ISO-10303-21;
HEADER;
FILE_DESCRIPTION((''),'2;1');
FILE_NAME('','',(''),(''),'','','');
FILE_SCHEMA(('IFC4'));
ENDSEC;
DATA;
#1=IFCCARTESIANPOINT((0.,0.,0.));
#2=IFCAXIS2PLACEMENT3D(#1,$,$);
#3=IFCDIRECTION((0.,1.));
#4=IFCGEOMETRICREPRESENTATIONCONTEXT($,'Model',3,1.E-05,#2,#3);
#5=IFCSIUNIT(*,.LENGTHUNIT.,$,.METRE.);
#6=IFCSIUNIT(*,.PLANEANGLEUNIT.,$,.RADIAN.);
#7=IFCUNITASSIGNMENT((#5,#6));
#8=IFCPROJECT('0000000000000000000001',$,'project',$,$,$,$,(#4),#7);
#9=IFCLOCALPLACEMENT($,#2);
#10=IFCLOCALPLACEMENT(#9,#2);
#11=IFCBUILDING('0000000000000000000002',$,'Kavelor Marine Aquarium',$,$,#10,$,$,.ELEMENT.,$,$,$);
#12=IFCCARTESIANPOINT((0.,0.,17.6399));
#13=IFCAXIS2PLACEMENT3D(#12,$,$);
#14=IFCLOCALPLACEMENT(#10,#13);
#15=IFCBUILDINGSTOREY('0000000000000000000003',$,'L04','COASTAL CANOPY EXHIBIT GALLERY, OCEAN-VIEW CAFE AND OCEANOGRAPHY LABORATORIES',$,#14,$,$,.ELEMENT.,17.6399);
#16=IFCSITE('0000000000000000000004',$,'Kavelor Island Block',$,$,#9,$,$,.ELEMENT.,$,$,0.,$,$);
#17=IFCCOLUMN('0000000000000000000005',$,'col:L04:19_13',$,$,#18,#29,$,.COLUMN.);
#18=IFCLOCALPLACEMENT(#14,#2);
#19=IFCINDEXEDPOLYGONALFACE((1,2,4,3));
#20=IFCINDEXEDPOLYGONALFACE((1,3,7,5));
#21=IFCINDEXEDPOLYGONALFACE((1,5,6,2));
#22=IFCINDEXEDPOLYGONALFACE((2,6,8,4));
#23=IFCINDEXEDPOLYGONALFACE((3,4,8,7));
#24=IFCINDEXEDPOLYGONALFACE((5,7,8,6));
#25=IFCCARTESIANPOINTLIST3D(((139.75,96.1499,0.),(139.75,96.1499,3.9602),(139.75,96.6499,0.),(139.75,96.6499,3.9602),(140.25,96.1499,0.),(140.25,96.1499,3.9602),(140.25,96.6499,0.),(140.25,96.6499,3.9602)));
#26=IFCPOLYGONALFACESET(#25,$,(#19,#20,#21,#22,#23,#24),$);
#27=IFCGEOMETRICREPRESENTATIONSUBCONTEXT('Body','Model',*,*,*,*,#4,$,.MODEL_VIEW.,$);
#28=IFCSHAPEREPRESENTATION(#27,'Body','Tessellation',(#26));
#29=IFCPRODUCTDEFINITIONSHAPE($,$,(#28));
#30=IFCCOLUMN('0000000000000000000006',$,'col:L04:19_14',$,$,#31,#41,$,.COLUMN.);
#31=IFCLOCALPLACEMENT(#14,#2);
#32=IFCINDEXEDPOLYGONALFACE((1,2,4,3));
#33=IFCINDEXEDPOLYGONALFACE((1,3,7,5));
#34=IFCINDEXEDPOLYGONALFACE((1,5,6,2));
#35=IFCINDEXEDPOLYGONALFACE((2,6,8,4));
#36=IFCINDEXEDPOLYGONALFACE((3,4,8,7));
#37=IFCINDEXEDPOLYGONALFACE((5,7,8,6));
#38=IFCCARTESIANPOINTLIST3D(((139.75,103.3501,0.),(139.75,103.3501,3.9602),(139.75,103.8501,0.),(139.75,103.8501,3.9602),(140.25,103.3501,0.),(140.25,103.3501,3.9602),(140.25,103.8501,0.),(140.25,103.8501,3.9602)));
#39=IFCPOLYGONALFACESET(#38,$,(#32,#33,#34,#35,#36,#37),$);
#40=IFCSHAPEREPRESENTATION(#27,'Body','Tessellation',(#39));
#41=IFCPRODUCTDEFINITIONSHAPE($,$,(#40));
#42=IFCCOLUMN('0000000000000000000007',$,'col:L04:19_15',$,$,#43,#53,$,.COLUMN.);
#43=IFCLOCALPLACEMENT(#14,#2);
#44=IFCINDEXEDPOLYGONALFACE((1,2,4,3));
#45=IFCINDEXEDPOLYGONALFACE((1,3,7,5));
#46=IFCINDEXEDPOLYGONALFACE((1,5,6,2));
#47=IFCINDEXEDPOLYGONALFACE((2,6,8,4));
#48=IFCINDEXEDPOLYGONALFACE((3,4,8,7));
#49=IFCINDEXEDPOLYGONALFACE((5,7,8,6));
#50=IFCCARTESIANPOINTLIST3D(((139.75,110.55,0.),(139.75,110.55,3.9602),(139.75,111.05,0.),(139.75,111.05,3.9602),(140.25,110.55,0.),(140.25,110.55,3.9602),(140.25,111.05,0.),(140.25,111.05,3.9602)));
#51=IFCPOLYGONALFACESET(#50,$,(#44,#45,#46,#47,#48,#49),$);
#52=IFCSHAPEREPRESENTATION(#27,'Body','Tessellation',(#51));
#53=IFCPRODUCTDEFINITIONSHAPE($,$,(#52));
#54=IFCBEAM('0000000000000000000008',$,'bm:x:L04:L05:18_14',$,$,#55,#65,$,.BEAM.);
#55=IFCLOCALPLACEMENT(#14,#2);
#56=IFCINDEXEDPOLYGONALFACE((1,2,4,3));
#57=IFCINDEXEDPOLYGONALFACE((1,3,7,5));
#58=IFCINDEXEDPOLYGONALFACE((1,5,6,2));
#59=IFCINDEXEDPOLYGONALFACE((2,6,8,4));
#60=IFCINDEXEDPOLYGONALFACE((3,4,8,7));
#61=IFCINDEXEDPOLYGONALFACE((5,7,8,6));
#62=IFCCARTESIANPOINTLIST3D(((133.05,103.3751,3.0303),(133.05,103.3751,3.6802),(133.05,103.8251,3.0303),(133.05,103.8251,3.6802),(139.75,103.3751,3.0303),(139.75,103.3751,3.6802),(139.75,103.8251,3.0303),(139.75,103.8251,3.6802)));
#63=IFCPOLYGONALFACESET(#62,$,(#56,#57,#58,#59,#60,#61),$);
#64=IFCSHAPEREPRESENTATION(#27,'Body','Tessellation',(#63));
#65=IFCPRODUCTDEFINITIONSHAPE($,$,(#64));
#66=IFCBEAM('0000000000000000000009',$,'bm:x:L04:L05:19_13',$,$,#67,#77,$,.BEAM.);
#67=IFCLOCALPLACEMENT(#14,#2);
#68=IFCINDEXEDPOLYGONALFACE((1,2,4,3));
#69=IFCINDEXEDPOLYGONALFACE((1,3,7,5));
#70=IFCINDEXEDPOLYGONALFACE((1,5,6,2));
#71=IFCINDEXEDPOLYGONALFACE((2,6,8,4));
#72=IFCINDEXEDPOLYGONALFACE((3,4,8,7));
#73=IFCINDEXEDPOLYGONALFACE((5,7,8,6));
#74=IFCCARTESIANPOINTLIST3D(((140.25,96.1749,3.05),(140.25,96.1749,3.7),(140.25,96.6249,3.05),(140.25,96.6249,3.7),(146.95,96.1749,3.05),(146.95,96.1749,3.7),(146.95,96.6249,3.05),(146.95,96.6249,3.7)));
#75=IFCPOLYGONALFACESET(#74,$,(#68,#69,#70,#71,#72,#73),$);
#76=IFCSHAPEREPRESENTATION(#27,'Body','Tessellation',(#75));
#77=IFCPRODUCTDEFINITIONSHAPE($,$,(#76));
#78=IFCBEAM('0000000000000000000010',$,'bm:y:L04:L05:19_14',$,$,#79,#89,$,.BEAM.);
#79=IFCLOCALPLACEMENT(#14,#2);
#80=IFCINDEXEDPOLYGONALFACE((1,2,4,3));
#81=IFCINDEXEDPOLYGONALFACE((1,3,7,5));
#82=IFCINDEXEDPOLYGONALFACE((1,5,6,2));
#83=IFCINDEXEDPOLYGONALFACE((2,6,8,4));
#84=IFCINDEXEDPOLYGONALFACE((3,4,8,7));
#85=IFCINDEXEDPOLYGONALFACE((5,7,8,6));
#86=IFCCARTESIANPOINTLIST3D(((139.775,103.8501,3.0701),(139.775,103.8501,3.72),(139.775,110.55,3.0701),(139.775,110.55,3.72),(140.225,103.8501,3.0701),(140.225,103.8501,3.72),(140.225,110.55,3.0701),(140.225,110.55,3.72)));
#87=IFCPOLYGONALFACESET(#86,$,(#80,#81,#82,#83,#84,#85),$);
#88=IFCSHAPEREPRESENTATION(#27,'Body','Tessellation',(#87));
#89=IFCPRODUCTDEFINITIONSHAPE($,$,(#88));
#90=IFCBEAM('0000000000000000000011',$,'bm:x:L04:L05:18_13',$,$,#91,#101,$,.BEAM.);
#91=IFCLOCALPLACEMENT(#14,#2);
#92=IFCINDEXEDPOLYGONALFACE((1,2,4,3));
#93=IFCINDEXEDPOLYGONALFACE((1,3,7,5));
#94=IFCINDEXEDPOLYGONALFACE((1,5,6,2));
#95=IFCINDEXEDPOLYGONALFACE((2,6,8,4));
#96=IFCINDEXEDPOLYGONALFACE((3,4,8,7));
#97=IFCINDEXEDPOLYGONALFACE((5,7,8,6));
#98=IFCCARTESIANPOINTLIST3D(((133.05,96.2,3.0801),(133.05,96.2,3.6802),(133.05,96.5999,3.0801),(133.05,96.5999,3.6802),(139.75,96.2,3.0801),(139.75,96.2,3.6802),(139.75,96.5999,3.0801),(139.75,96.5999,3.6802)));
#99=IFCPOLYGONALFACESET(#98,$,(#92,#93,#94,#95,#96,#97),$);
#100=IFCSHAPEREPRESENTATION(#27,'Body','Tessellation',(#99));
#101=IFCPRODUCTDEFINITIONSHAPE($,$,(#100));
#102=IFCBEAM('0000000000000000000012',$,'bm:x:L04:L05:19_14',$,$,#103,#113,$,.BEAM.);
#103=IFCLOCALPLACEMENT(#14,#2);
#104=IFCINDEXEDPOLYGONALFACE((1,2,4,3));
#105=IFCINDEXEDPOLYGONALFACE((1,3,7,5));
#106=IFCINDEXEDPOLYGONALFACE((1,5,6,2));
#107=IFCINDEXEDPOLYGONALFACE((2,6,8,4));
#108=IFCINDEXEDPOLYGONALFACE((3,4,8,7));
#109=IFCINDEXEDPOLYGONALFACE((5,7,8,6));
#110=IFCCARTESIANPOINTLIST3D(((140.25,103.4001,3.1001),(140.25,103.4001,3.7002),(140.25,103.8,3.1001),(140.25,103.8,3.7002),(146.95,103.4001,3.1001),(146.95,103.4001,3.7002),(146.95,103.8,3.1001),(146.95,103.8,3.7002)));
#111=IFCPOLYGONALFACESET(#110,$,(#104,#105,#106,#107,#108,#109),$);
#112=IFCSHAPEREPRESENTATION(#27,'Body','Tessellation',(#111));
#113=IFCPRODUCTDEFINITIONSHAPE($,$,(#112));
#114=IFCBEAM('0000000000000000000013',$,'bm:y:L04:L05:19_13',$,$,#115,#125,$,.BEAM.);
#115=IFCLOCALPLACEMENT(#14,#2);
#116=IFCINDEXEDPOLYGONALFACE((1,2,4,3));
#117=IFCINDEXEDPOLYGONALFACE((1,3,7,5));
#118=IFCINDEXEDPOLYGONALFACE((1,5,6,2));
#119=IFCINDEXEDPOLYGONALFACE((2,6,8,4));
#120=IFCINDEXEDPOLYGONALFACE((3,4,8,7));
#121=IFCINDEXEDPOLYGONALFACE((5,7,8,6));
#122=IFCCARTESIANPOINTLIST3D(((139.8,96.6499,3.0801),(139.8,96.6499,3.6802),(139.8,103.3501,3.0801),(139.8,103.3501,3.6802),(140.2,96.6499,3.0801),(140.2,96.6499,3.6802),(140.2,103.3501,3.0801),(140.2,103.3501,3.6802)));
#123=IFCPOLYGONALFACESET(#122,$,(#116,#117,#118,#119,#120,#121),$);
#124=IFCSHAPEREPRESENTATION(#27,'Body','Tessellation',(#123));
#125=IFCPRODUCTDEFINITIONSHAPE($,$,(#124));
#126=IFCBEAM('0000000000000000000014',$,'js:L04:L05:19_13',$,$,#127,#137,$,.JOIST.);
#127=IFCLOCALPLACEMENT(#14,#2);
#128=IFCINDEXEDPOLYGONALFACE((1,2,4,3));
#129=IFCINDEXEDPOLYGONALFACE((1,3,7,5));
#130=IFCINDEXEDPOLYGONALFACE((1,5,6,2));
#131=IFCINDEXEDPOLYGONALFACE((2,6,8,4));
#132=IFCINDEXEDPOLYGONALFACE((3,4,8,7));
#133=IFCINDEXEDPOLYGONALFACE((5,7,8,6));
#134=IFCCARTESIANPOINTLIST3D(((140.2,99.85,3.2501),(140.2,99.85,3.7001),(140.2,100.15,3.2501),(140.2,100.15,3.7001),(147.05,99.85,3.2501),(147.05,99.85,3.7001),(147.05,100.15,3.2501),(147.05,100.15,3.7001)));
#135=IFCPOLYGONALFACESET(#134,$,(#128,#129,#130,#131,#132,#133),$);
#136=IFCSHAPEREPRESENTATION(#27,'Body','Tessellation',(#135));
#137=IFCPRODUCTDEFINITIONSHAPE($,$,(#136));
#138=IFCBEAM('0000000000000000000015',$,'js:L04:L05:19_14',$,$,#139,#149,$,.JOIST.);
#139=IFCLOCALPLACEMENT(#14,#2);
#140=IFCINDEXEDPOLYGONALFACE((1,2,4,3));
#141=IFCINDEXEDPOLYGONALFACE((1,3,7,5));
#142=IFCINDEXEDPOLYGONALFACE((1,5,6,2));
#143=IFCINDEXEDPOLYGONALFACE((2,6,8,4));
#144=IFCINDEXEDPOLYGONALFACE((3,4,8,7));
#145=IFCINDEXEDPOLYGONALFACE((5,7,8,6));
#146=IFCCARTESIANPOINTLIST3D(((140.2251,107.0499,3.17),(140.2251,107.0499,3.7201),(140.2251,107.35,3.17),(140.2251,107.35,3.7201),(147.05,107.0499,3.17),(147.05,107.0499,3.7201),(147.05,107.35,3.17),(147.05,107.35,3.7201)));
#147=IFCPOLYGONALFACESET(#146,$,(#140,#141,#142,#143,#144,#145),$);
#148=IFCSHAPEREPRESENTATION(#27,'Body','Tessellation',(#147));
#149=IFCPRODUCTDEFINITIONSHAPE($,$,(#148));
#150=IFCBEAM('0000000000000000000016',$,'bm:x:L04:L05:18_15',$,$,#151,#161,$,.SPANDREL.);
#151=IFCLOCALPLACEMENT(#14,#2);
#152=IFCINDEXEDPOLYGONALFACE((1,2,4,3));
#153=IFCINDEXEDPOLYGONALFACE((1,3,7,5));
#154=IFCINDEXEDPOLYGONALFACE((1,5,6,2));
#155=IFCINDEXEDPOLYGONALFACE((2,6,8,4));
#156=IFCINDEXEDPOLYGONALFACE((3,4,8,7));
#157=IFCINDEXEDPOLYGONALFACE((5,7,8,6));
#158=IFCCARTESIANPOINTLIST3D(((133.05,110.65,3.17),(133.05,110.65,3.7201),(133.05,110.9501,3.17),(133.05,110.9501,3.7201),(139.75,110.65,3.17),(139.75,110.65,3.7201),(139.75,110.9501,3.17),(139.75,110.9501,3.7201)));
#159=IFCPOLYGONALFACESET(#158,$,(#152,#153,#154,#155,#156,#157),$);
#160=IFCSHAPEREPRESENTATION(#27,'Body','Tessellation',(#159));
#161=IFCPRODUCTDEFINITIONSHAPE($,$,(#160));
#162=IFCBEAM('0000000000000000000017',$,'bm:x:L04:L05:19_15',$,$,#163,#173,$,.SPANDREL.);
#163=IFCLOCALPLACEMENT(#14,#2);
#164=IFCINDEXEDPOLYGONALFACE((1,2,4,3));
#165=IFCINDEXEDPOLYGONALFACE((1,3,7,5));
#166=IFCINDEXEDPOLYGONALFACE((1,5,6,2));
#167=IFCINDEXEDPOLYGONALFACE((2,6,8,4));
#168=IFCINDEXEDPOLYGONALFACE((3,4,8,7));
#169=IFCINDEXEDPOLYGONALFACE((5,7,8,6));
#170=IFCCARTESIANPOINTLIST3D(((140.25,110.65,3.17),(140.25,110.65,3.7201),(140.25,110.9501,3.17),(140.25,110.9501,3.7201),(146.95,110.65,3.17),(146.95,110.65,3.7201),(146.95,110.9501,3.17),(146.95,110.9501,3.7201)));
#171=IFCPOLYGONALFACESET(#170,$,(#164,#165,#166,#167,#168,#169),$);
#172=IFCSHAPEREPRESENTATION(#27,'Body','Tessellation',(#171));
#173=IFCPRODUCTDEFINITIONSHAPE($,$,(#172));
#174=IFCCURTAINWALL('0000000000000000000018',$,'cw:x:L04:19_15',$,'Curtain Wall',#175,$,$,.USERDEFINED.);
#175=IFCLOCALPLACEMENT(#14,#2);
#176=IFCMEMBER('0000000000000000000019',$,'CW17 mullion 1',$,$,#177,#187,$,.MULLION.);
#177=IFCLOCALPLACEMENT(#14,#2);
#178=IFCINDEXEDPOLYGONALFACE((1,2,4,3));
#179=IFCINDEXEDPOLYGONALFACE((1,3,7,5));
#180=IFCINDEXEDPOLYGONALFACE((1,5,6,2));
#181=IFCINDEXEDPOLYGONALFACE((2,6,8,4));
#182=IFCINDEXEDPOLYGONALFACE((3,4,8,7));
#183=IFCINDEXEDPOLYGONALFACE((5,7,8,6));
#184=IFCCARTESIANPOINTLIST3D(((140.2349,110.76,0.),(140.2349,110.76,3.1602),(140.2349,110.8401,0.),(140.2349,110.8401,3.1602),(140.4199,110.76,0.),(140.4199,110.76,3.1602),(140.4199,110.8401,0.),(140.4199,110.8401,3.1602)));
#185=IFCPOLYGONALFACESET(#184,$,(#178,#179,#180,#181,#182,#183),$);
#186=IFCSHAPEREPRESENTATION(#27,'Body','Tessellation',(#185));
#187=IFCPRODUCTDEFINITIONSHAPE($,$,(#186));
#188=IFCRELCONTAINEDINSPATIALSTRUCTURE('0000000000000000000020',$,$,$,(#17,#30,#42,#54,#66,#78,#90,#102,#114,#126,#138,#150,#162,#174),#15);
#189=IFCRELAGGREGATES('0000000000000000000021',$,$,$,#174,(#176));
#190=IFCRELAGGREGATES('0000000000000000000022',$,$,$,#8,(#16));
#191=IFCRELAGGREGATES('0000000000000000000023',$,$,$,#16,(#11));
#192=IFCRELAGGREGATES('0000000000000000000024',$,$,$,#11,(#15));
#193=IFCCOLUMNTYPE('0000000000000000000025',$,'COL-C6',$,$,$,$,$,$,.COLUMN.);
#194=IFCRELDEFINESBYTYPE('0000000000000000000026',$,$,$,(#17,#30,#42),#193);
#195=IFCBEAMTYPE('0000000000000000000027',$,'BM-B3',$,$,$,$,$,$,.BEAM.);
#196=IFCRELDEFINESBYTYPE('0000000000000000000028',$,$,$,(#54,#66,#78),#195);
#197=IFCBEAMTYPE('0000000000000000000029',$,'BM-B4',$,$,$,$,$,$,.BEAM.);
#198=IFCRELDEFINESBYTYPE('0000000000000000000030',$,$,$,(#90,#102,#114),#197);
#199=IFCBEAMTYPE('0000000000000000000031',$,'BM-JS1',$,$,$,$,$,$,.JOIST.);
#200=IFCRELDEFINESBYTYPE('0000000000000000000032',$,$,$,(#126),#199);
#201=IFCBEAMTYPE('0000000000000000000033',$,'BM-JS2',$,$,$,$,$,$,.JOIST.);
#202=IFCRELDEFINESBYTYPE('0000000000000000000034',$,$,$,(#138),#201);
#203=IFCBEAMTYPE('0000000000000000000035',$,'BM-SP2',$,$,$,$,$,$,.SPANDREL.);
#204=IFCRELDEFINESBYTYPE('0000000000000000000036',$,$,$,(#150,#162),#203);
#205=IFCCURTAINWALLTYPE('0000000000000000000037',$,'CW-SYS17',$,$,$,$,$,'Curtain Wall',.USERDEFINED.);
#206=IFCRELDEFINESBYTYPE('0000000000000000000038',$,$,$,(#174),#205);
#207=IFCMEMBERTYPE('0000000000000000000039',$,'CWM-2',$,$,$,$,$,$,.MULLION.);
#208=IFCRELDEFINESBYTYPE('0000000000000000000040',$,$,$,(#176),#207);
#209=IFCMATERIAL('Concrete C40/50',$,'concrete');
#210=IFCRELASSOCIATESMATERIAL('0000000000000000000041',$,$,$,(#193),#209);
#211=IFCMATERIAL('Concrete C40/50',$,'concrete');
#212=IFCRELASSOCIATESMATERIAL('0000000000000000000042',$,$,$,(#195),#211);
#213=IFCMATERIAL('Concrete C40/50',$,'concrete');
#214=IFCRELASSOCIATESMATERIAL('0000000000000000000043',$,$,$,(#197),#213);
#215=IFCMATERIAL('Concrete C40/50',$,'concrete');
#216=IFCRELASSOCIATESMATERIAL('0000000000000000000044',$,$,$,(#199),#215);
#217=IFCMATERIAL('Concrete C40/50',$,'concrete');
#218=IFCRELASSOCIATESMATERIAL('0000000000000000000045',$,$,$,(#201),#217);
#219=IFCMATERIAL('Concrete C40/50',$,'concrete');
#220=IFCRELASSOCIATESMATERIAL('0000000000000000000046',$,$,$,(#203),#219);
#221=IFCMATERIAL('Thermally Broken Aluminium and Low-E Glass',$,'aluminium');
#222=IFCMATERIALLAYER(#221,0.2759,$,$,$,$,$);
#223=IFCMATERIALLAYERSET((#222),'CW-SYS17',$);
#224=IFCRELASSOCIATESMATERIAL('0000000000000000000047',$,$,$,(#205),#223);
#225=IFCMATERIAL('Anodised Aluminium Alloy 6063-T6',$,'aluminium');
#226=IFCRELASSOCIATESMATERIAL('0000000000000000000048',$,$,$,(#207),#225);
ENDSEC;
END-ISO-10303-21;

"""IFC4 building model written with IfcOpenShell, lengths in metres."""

from ifc_helpers import new_model, si_unit, direction, frame, origin, origin_2d, place, context, subcontext, project, spatial, rectangle, extrude, material, layer, layer_set, material_profile, profile_set, type_object, element, aggregate, save


model = new_model("IFC4")

# Units and contexts
model_context = context("Model", 3, precision=1e-05, world=origin(), true_north=direction((0.0, 1.0)))
body_context = subcontext(model_context, "Body", "Model", "MODEL_VIEW")
ifc_project = project(units=[si_unit("LENGTHUNIT", "METRE"), si_unit("PLANEANGLEUNIT", "RADIAN")], contexts=[model_context])

# Site, building, storey
site_placement = place(None, origin())
site = spatial("IfcSite", under=ifc_project, at=site_placement, Name="Kavelor Island Block", CompositionType="ELEMENT", RefElevation=0.0)
building_placement = place(site_placement, origin())
building = spatial("IfcBuilding", under=site, at=building_placement, Name="Kavelor Marine Aquarium", CompositionType="ELEMENT")
storey_placement = place(building_placement, frame((0.0, 0.0, 17.6399)))
storey = spatial("IfcBuildingStorey", under=building, at=storey_placement, Name="L04", Description="COASTAL CANOPY EXHIBIT GALLERY, OCEAN-VIEW CAFE AND OCEANOGRAPHY LABORATORIES", CompositionType="ELEMENT", Elevation=17.6399)

# Columns
ifc_material_1 = material(Name="Concrete C40/50", Category="concrete")
ifc_material_profile_1 = material_profile(ifc_material_1, rectangle(XDim=0.5, YDim=0.5, at=origin_2d()), Name="RC-COL 500x500")
ifc_profile_set_1 = profile_set([ifc_material_profile_1], Name="Concrete C40/50")
column_type = type_object("IfcColumnType", Name="COL-C6", PredefinedType="COLUMN", material=ifc_profile_set_1)
for number, where, z_axis, x_axis, name in (
    (1, (140.0, 96.3999, 0.0), (0.0, 0.0, 1.0), (1.0, 0.0, 0.0), "col:L04:19_13"),
    (2, (140.0, 103.6001, 0.0), (0.0, 0.0, 1.0), (1.0, 0.0, 0.0), "col:L04:19_14"),
    (3, (140.0, 110.8, 0.0), (0.0, 0.0, 1.0), (1.0, 0.0, 0.0), "col:L04:19_15"),
):
    element("IfcColumn", number, at=place(storey_placement, frame(where, z_axis=z_axis, x_axis=x_axis)), inside=storey, type_object=column_type, Name=name, PredefinedType="COLUMN", context=body_context, shape_type="SweptSolid", body=[
        extrude(rectangle(XDim=0.5, YDim=0.5, at=origin_2d()), origin(), (0.0, 0.0, 1.0), 3.9602),
    ])

# Beams
ifc_material_2 = material(Name="Concrete C40/50", Category="concrete")
ifc_material_profile_2 = material_profile(ifc_material_2, rectangle(XDim=0.45, YDim=0.6499, at=origin_2d()), Name="RC-BM 450x650")
ifc_profile_set_2 = profile_set([ifc_material_profile_2], Name="Concrete C40/50")
beam_type_1 = type_object("IfcBeamType", Name="BM-B3", PredefinedType="BEAM", material=ifc_profile_set_2)
for number, where, z_axis, x_axis, name in (
    (4, (133.05, 103.6001, 3.3552), (1.0, 0.0, 0.0), (0.0, 1.0, 0.0), "bm:x:L04:L05:18_14"),
    (5, (140.25, 96.3999, 3.375), (1.0, 0.0, 0.0), (0.0, 1.0, 0.0), "bm:x:L04:L05:19_13"),
    (6, (140.0, 103.8501, 3.395), (0.0, 1.0, 0.0), (-1.0, 0.0, 0.0), "bm:y:L04:L05:19_14"),
):
    element("IfcBeam", number, at=place(storey_placement, frame(where, z_axis=z_axis, x_axis=x_axis)), inside=storey, type_object=beam_type_1, Name=name, PredefinedType="BEAM", context=body_context, shape_type="SweptSolid", body=[
        extrude(rectangle(XDim=0.45, YDim=0.6499, at=origin_2d()), origin(), (0.0, 0.0, 1.0), 6.7),
    ])
ifc_material_3 = material(Name="Concrete C40/50", Category="concrete")
ifc_material_profile_3 = material_profile(ifc_material_3, rectangle(XDim=0.3999, YDim=0.6001, at=origin_2d()), Name="RC-BM 400x600")
ifc_profile_set_3 = profile_set([ifc_material_profile_3], Name="Concrete C40/50")
beam_type_2 = type_object("IfcBeamType", Name="BM-B4", PredefinedType="BEAM", material=ifc_profile_set_3)
for number, where, z_axis, x_axis, name in (
    (7, (133.05, 96.3999, 3.3801), (1.0, 0.0, 0.0), (0.0, 1.0, 0.0), "bm:x:L04:L05:18_13"),
    (8, (140.25, 103.6001, 3.4001), (1.0, 0.0, 0.0), (0.0, 1.0, 0.0), "bm:x:L04:L05:19_14"),
):
    element("IfcBeam", number, at=place(storey_placement, frame(where, z_axis=z_axis, x_axis=x_axis)), inside=storey, type_object=beam_type_2, Name=name, PredefinedType="BEAM", context=body_context, shape_type="SweptSolid", body=[
        extrude(rectangle(XDim=0.3999, YDim=0.6001, at=origin_2d()), origin(), (0.0, 0.0, 1.0), 6.7),
    ])
beam_1_placement = place(storey_placement, frame((140.0, 96.6499, 3.3801), z_axis=(0.0, 1.0, 0.0), x_axis=(-1.0, 0.0, 0.0)))
element("IfcBeam", 9, at=beam_1_placement, inside=storey, type_object=beam_type_2, Name="bm:y:L04:L05:19_13", PredefinedType="BEAM", context=body_context, shape_type="SweptSolid", body=[
    extrude(rectangle(XDim=0.3999, YDim=0.6001, at=origin_2d()), origin(), (0.0, 0.0, 1.0), 6.7002),
])
ifc_material_4 = material(Name="Concrete C40/50", Category="concrete")
ifc_material_profile_4 = material_profile(ifc_material_4, rectangle(XDim=0.3, YDim=0.45, at=origin_2d()), Name="RC-JS 300x450")
ifc_profile_set_4 = profile_set([ifc_material_profile_4], Name="Concrete C40/50")
beam_type_3 = type_object("IfcBeamType", Name="BM-JS1", PredefinedType="JOIST", material=ifc_profile_set_4)
beam_2_placement = place(storey_placement, frame((140.2, 100.0, 3.4751), z_axis=(1.0, 0.0, 0.0), x_axis=(0.0, 1.0, 0.0)))
element("IfcBeam", 10, at=beam_2_placement, inside=storey, type_object=beam_type_3, Name="js:L04:L05:19_13", PredefinedType="JOIST", context=body_context, shape_type="SweptSolid", body=[
    extrude(rectangle(XDim=0.3, YDim=0.45, at=origin_2d()), origin(), (0.0, 0.0, 1.0), 6.8501),
])
ifc_material_5 = material(Name="Concrete C40/50", Category="concrete")
ifc_material_profile_5 = material_profile(ifc_material_5, rectangle(XDim=0.3, YDim=0.55, at=origin_2d()), Name="RC-JS 300x550")
ifc_profile_set_5 = profile_set([ifc_material_profile_5], Name="Concrete C40/50")
beam_type_4 = type_object("IfcBeamType", Name="BM-JS2", PredefinedType="JOIST", material=ifc_profile_set_5)
beam_3_placement = place(storey_placement, frame((140.2251, 107.2, 3.4451), z_axis=(1.0, 0.0, 0.0), x_axis=(0.0, 1.0, 0.0)))
element("IfcBeam", 11, at=beam_3_placement, inside=storey, type_object=beam_type_4, Name="js:L04:L05:19_14", PredefinedType="JOIST", context=body_context, shape_type="SweptSolid", body=[
    extrude(rectangle(XDim=0.3, YDim=0.55, at=origin_2d()), origin(), (0.0, 0.0, 1.0), 6.825),
])
ifc_material_6 = material(Name="Concrete C40/50", Category="concrete")
ifc_material_profile_6 = material_profile(ifc_material_6, rectangle(XDim=0.3, YDim=0.55, at=origin_2d()), Name="RC-SP 300x550")
ifc_profile_set_6 = profile_set([ifc_material_profile_6], Name="Concrete C40/50")
beam_type_5 = type_object("IfcBeamType", Name="BM-SP2", PredefinedType="SPANDREL", material=ifc_profile_set_6)
for number, where, z_axis, x_axis, name in (
    (12, (133.05, 110.8, 3.4451), (1.0, 0.0, 0.0), (0.0, 1.0, 0.0), "bm:x:L04:L05:18_15"),
    (13, (140.25, 110.8, 3.4451), (1.0, 0.0, 0.0), (0.0, 1.0, 0.0), "bm:x:L04:L05:19_15"),
):
    element("IfcBeam", number, at=place(storey_placement, frame(where, z_axis=z_axis, x_axis=x_axis)), inside=storey, type_object=beam_type_5, Name=name, PredefinedType="SPANDREL", context=body_context, shape_type="SweptSolid", body=[
        extrude(rectangle(XDim=0.3, YDim=0.55, at=origin_2d()), origin(), (0.0, 0.0, 1.0), 6.7),
    ])

# Curtain wall, member
ifc_material_7 = material(Name="Thermally Broken Aluminium and Low-E Glass", Category="aluminium")
ifc_layer_1 = layer(ifc_material_7, 0.2759)
ifc_layer_set_1 = layer_set([ifc_layer_1], Name="CW-SYS17")
curtain_wall_type_1 = type_object("IfcCurtainWallType", Name="CW-SYS17", ElementType="Curtain Wall", PredefinedType="USERDEFINED", material=ifc_layer_set_1)
curtain_wall_1_placement = place(storey_placement, origin())
curtain_wall_1 = element("IfcCurtainWall", 14, at=curtain_wall_1_placement, inside=storey, type_object=curtain_wall_type_1, Name="cw:x:L04:19_15", ObjectType="Curtain Wall", PredefinedType="USERDEFINED")
ifc_material_8 = material(Name="Anodised Aluminium Alloy 6063-T6", Category="aluminium")
ifc_material_profile_7 = material_profile(ifc_material_8, rectangle(XDim=0.0801, YDim=0.1851, at=origin_2d()), Name="CW-MUL 80x185")
ifc_profile_set_7 = profile_set([ifc_material_profile_7], Name="Anodised Aluminium Alloy 6063-T6")
member_type_1 = type_object("IfcMemberType", Name="CWM-2", PredefinedType="MULLION", material=ifc_profile_set_7)
member_1_placement = place(storey_placement, frame((140.3274, 110.8, 0.0), z_axis=(0.0, 0.0, 1.0), x_axis=(0.0, 1.0, 0.0)))
member_1 = element("IfcMember", 15, at=member_1_placement, type_object=member_type_1, Name="CW17 mullion 1", PredefinedType="MULLION", context=body_context, shape_type="SweptSolid", body=[
    extrude(rectangle(XDim=0.0801, YDim=0.1851, at=origin_2d()), origin(), (0.0, 0.0, 1.0), 3.1602),
])
aggregate(curtain_wall_1, [member_1])

save(model, "model.ifc")
